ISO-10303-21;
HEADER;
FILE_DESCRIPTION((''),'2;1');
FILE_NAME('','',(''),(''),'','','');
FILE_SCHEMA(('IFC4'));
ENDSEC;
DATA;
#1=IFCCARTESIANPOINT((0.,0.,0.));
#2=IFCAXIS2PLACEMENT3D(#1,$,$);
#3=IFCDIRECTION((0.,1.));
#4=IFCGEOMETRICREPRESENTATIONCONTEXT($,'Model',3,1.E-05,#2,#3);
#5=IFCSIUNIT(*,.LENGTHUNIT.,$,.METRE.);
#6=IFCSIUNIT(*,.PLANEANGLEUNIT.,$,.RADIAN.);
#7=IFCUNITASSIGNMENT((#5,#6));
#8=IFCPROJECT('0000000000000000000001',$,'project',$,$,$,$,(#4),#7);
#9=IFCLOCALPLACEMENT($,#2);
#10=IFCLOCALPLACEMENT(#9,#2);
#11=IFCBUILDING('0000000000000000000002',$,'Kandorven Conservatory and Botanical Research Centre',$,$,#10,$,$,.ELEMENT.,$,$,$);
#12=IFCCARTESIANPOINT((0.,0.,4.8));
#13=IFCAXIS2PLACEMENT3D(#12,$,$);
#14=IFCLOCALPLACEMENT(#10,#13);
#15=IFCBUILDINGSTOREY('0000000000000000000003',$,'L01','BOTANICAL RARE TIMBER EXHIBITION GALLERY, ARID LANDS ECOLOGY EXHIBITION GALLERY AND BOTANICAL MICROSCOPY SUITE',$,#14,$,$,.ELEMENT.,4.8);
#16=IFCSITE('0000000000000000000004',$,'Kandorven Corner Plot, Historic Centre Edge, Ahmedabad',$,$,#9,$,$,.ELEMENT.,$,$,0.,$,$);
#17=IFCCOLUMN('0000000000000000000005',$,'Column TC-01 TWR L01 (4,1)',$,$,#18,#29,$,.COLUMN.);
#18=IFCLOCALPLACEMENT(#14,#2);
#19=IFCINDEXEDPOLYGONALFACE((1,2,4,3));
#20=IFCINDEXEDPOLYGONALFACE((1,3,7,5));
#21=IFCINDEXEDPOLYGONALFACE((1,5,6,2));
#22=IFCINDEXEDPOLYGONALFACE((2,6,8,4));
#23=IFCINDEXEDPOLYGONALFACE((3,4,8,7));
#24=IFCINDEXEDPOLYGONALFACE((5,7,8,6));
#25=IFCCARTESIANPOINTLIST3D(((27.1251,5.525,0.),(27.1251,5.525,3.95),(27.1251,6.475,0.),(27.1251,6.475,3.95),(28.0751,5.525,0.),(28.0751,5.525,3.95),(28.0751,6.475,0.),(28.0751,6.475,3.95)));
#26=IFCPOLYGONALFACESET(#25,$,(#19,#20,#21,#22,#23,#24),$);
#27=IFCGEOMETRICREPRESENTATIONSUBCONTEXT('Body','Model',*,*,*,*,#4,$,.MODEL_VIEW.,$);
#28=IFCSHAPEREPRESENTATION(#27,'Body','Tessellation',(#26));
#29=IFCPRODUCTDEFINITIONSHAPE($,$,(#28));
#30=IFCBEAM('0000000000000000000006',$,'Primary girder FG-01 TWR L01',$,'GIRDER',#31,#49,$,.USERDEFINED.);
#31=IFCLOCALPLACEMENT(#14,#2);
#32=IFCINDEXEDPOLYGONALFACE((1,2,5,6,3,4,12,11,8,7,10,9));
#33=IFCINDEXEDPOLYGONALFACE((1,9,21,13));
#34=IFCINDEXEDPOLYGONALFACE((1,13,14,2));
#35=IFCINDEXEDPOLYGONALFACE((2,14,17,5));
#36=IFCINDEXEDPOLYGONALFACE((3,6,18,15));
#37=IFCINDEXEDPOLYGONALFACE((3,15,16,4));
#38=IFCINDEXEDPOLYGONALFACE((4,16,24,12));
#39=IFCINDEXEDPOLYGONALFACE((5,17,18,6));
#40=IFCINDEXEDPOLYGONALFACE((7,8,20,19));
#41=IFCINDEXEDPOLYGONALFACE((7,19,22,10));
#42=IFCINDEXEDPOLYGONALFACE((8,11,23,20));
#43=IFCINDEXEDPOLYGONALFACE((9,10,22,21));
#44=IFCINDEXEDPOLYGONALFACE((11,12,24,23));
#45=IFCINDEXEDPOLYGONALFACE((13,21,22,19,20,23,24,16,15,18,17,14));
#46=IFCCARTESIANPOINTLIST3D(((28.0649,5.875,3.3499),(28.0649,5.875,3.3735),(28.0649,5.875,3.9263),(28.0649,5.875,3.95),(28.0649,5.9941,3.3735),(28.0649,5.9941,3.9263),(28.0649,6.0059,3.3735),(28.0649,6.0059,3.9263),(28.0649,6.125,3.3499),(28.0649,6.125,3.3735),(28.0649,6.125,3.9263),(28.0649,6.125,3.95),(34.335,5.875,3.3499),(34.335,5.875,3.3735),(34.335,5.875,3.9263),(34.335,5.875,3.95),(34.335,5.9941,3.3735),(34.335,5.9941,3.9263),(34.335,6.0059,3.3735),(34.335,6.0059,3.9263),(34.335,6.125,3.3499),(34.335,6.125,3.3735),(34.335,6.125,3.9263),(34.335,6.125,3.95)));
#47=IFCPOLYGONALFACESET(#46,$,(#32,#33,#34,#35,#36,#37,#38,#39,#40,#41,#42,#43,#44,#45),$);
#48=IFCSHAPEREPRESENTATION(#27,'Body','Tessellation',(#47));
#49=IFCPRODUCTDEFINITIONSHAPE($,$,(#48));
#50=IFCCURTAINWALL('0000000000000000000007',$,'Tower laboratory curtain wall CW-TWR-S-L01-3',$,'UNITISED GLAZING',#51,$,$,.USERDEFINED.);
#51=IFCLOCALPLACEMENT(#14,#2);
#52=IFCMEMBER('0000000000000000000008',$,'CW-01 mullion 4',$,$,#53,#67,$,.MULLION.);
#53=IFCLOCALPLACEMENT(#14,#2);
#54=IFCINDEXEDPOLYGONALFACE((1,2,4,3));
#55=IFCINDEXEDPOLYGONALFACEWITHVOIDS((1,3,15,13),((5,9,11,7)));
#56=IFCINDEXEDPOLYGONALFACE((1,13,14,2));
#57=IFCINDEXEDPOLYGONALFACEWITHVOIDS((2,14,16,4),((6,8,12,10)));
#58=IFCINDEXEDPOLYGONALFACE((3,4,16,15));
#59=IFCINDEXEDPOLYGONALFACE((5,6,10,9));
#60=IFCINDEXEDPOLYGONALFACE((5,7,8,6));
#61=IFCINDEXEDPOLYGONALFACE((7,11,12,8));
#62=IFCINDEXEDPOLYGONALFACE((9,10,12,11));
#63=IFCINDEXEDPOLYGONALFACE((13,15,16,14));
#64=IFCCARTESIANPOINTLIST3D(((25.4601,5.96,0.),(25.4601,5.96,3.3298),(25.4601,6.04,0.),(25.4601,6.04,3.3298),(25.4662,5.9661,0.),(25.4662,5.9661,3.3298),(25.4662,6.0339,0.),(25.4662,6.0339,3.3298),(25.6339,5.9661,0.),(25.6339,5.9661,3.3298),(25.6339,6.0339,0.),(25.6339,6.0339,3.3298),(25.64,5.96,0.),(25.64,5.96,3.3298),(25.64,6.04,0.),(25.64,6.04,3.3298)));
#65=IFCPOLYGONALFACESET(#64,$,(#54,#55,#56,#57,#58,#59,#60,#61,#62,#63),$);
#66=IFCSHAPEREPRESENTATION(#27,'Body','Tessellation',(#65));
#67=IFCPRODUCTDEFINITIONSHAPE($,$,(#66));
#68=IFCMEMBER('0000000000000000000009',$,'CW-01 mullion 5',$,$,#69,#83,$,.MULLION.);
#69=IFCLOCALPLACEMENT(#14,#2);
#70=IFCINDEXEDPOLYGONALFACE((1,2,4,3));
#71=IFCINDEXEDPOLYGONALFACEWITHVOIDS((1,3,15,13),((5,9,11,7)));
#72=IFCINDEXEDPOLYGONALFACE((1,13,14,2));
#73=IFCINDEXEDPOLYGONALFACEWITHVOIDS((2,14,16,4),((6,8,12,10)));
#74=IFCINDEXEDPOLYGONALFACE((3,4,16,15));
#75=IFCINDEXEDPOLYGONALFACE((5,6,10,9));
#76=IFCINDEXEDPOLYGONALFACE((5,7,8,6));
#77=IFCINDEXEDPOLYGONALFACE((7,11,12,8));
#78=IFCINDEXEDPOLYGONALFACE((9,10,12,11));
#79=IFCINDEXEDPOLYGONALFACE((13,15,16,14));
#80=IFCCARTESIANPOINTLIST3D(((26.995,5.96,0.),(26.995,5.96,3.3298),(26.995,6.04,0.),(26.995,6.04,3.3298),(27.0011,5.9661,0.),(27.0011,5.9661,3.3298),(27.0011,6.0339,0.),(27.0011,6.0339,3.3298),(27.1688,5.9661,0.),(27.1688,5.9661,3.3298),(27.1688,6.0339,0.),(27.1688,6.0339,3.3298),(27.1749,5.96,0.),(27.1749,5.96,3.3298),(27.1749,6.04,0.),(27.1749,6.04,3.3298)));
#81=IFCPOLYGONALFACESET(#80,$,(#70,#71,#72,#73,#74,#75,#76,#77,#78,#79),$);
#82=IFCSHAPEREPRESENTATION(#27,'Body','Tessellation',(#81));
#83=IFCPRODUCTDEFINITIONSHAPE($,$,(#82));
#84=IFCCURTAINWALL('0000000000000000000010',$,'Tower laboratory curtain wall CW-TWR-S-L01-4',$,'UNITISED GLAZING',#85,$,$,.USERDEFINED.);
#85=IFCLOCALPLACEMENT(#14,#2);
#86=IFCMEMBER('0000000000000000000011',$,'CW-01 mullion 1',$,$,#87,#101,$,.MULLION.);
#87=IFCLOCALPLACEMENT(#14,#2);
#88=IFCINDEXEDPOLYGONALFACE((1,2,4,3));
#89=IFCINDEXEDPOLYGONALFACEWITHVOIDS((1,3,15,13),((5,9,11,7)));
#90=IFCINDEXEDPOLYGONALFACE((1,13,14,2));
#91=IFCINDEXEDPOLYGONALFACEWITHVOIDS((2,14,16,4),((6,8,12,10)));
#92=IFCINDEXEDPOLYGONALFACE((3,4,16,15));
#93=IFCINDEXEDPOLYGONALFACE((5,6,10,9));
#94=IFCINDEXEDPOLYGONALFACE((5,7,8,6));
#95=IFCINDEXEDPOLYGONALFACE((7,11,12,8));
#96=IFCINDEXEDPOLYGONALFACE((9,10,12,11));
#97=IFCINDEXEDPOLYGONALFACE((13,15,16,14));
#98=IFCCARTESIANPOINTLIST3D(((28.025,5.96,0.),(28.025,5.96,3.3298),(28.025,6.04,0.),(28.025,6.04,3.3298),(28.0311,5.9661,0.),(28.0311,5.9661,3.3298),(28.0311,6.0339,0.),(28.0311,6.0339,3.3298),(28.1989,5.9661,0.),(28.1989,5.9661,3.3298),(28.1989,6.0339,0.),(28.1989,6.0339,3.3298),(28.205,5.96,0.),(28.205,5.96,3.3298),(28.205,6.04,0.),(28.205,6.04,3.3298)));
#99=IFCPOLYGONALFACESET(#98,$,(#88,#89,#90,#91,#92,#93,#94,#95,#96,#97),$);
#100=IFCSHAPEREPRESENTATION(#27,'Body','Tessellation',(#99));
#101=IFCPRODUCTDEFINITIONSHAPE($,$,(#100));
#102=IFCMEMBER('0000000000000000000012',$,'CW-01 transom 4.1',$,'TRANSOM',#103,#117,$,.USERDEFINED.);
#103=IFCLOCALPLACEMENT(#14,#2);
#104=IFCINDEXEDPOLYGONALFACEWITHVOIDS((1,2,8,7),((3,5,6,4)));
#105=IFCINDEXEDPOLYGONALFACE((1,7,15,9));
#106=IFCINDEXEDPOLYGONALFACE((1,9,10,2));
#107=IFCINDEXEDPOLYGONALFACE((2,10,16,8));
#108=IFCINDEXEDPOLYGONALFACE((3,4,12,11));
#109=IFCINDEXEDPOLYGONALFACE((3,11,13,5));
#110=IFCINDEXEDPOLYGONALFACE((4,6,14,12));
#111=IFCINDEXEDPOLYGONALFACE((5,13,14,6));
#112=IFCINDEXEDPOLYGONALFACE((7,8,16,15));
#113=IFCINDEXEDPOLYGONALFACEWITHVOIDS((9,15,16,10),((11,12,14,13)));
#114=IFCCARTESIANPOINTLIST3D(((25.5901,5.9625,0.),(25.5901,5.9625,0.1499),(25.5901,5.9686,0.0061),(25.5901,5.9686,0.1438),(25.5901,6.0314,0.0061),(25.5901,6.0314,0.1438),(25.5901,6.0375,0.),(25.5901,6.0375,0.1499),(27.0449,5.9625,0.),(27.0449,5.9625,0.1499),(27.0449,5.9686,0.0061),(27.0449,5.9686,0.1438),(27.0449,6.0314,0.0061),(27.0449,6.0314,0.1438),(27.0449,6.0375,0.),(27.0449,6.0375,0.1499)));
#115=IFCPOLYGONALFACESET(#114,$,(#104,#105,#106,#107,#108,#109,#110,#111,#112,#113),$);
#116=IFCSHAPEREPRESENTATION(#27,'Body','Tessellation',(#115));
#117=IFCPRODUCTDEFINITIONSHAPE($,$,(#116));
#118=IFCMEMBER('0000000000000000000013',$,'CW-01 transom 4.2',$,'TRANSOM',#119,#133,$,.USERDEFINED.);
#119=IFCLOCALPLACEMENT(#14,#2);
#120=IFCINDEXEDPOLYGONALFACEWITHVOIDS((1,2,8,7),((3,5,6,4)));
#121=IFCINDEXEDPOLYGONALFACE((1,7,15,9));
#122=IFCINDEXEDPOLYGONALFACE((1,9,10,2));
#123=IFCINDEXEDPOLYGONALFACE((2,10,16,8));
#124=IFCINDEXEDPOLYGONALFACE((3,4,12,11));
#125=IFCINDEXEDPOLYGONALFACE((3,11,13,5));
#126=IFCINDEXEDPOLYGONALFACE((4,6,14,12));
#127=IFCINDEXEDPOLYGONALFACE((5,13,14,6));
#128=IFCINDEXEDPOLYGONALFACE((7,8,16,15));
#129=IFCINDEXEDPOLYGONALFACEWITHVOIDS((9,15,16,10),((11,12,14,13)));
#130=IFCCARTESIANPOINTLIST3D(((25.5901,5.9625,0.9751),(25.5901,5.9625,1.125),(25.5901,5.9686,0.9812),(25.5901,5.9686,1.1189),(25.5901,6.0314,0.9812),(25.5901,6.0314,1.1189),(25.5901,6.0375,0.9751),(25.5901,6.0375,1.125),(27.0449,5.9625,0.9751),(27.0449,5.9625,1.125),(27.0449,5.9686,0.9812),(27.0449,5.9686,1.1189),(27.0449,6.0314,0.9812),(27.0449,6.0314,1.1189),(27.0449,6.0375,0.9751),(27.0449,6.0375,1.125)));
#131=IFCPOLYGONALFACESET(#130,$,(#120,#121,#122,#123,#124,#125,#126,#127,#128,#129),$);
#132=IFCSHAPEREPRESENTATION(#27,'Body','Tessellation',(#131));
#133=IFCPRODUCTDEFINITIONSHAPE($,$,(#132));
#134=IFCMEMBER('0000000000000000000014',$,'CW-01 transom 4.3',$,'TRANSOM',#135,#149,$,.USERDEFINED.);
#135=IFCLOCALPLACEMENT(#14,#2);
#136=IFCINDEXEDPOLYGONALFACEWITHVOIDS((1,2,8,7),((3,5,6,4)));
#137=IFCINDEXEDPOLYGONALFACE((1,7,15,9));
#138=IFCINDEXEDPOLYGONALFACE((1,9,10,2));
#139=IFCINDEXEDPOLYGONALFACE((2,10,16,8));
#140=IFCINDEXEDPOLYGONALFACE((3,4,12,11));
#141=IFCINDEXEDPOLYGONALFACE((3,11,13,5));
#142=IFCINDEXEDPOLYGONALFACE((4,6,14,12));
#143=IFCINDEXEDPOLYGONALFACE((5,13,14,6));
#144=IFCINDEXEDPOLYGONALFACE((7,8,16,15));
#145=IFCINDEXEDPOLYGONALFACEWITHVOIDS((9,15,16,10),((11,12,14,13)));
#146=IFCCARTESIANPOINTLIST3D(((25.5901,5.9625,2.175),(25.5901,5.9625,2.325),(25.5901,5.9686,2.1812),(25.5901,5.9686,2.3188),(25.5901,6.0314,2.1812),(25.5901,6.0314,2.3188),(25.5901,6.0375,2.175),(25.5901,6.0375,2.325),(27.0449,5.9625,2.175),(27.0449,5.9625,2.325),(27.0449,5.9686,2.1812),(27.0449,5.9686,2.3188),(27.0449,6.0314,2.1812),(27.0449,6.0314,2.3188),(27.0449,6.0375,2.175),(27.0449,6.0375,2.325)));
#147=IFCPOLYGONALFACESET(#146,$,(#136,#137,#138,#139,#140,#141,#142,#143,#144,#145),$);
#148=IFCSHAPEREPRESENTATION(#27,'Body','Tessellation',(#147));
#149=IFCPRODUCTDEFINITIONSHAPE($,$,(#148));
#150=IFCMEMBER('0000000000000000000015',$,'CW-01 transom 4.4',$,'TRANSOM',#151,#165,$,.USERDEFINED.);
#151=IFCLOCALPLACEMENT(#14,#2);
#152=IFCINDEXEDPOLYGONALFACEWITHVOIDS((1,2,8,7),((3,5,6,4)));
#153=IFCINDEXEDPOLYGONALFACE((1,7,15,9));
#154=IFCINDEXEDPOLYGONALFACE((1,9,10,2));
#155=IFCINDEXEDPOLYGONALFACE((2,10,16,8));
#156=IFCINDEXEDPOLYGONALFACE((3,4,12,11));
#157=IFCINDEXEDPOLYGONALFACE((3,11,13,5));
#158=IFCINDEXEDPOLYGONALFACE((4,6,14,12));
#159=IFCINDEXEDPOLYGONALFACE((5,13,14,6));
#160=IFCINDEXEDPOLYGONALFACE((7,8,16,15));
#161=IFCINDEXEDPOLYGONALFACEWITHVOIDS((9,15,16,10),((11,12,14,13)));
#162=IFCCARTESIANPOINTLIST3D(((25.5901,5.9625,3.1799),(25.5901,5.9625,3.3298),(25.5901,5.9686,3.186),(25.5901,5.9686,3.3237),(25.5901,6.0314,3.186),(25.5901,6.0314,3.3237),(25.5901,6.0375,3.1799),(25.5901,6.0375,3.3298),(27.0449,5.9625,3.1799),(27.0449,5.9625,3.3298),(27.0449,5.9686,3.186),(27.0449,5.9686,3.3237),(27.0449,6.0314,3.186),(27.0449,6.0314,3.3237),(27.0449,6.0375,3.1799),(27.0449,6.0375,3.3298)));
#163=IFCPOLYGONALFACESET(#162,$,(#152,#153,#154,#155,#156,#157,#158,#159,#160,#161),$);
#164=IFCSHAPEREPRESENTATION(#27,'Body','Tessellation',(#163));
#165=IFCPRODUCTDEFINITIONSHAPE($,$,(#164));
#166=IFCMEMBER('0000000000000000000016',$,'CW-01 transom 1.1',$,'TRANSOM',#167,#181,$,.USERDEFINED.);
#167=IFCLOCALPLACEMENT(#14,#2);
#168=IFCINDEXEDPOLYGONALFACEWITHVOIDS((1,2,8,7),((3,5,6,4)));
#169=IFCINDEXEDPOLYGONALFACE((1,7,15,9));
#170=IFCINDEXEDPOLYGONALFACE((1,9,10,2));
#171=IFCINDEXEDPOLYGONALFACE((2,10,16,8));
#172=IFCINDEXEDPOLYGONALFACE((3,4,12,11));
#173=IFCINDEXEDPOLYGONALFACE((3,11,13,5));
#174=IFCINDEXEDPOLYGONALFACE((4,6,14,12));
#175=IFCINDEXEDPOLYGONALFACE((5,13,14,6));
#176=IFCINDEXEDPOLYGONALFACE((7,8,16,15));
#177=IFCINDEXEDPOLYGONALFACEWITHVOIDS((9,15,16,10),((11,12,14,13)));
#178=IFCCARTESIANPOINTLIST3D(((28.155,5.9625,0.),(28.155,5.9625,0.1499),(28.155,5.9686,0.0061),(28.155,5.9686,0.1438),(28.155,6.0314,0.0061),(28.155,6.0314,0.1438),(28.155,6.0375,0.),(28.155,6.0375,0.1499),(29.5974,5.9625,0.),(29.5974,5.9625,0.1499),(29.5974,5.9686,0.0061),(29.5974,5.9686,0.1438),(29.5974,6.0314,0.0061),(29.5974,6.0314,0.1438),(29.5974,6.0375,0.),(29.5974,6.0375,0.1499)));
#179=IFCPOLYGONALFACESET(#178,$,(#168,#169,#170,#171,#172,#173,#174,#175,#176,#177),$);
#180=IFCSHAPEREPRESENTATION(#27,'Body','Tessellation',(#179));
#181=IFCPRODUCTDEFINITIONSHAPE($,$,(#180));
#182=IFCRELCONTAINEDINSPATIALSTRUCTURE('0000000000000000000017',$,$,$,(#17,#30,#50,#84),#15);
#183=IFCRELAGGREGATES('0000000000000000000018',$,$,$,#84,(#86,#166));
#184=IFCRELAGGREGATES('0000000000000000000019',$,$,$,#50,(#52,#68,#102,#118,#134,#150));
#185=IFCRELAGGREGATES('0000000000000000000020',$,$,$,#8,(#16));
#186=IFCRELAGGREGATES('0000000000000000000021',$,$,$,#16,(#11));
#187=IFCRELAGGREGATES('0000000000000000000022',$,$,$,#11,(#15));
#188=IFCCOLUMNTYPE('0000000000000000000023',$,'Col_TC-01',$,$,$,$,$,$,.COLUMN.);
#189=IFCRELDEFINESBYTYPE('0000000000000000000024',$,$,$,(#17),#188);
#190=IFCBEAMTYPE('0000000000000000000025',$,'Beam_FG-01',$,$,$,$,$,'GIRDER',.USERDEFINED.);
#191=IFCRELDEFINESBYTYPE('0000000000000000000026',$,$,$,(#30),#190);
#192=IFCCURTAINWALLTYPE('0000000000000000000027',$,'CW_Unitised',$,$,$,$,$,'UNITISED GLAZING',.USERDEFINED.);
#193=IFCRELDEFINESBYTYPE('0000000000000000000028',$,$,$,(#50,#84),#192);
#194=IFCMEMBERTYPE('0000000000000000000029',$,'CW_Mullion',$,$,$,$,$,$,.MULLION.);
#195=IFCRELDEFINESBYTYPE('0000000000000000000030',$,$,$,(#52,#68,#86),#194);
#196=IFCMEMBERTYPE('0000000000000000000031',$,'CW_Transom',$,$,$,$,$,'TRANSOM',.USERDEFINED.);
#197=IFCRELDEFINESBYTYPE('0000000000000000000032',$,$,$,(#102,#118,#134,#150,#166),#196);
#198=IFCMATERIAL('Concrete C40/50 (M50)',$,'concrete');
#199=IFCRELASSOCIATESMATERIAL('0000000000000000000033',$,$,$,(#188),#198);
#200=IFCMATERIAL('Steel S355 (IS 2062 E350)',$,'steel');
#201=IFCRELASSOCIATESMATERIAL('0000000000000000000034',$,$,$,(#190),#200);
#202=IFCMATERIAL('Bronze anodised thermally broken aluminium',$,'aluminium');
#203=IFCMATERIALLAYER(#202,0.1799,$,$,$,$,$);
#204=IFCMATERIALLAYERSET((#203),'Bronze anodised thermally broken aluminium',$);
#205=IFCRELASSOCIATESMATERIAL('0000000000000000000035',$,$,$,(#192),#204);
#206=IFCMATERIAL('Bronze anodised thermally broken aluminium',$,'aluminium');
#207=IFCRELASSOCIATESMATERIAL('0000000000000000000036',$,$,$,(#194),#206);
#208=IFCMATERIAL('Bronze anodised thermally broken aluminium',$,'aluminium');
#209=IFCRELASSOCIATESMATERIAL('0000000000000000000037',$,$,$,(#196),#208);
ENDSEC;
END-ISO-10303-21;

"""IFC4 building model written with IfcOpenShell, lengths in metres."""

from ifc_helpers import new_model, si_unit, direction, frame, origin, origin_2d, place, context, subcontext, project, spatial, rectangle, hollow_rectangle, i_section, extrude, material, layer, layer_set, material_profile, profile_set, type_object, element, aggregate, save


model = new_model("IFC4")

# Units and contexts
model_context = context("Model", 3, precision=1e-05, world=origin(), true_north=direction((0.0, 1.0)))
body_context = subcontext(model_context, "Body", "Model", "MODEL_VIEW")
ifc_project = project(units=[si_unit("LENGTHUNIT", "METRE"), si_unit("PLANEANGLEUNIT", "RADIAN")], contexts=[model_context])

# Site, building, storey
site_placement = place(None, origin())
site = spatial("IfcSite", under=ifc_project, at=site_placement, Name="Kandorven Corner Plot, Historic Centre Edge, Ahmedabad", CompositionType="ELEMENT", RefElevation=0.0)
building_placement = place(site_placement, origin())
building = spatial("IfcBuilding", under=site, at=building_placement, Name="Kandorven Conservatory and Botanical Research Centre", CompositionType="ELEMENT")
storey_placement = place(building_placement, frame((0.0, 0.0, 4.8)))
storey = spatial("IfcBuildingStorey", under=building, at=storey_placement, Name="L01", Description="BOTANICAL RARE TIMBER EXHIBITION GALLERY, ARID LANDS ECOLOGY EXHIBITION GALLERY AND BOTANICAL MICROSCOPY SUITE", CompositionType="ELEMENT", Elevation=4.8)

# Column
ifc_material_1 = material(Name="Concrete C40/50 (M50)", Category="concrete")
ifc_material_profile_1 = material_profile(ifc_material_1, rectangle(XDim=0.95, YDim=0.95, at=origin_2d()))
ifc_profile_set_1 = profile_set([ifc_material_profile_1], Name="Concrete C40/50 (M50)")
column_type = type_object("IfcColumnType", Name="Col_TC-01", PredefinedType="COLUMN", material=ifc_profile_set_1)
column_placement = place(storey_placement, frame((27.6001, 6.0, 0.0), z_axis=(0.0, 0.0, 1.0), x_axis=(1.0, 0.0, 0.0)))
element("IfcColumn", 1, at=column_placement, inside=storey, type_object=column_type, Name="Column TC-01 TWR L01 (4,1)", PredefinedType="COLUMN", context=body_context, shape_type="SweptSolid", body=[
    extrude(rectangle(XDim=0.95, YDim=0.95, at=origin_2d()), origin(), (0.0, 0.0, 1.0), 3.95),
])

# Beam
ifc_material_2 = material(Name="Steel S355 (IS 2062 E350)", Category="steel")
ifc_material_profile_2 = material_profile(ifc_material_2, i_section(OverallWidth=0.25, OverallDepth=0.6001, WebThickness=0.0117, FlangeThickness=0.0237, at=origin_2d()))
ifc_profile_set_2 = profile_set([ifc_material_profile_2], Name="Steel S355 (IS 2062 E350)")
beam_type = type_object("IfcBeamType", Name="Beam_FG-01", ElementType="GIRDER", PredefinedType="USERDEFINED", material=ifc_profile_set_2)
beam_placement = place(storey_placement, frame((28.0649, 6.0, 3.6499), z_axis=(1.0, 0.0, 0.0), x_axis=(0.0, 1.0, 0.0)))
element("IfcBeam", 2, at=beam_placement, inside=storey, type_object=beam_type, Name="Primary girder FG-01 TWR L01", ObjectType="GIRDER", PredefinedType="USERDEFINED", context=body_context, shape_type="SweptSolid", body=[
    extrude(i_section(OverallWidth=0.25, OverallDepth=0.6001, WebThickness=0.0117, FlangeThickness=0.0237, at=origin_2d()), origin(), (0.0, 0.0, 1.0), 6.27),
])

# Curtain wall, members
ifc_material_3 = material(Name="Bronze anodised thermally broken aluminium", Category="aluminium")
ifc_layer_1 = layer(ifc_material_3, 0.1799)
ifc_layer_set_1 = layer_set([ifc_layer_1], Name="Bronze anodised thermally broken aluminium")
curtain_wall_type = type_object("IfcCurtainWallType", Name="CW_Unitised", ElementType="UNITISED GLAZING", PredefinedType="USERDEFINED", material=ifc_layer_set_1)
curtain_wall_1_placement = place(storey_placement, origin())
curtain_wall_1 = element("IfcCurtainWall", 3, at=curtain_wall_1_placement, inside=storey, type_object=curtain_wall_type, Name="Tower laboratory curtain wall CW-TWR-S-L01-3", ObjectType="UNITISED GLAZING", PredefinedType="USERDEFINED")
ifc_material_4 = material(Name="Bronze anodised thermally broken aluminium", Category="aluminium")
ifc_material_profile_3 = material_profile(ifc_material_4, hollow_rectangle(XDim=0.0801, YDim=0.1799, WallThickness=0.0061, at=origin_2d()))
ifc_profile_set_3 = profile_set([ifc_material_profile_3], Name="Bronze anodised thermally broken aluminium")
member_type_1 = type_object("IfcMemberType", Name="CW_Mullion", PredefinedType="MULLION", material=ifc_profile_set_3)
member_1_placement = place(storey_placement, frame((25.55, 6.0, 0.0), z_axis=(0.0, 0.0, 1.0), x_axis=(0.0, 1.0, 0.0)))
member_1 = element("IfcMember", 4, at=member_1_placement, type_object=member_type_1, Name="CW-01 mullion 4", PredefinedType="MULLION", context=body_context, shape_type="SweptSolid", body=[
    extrude(hollow_rectangle(XDim=0.0801, YDim=0.1799, WallThickness=0.0061, at=origin_2d()), origin(), (0.0, 0.0, 1.0), 3.3298),
])
member_2_placement = place(storey_placement, frame((27.085, 6.0, 0.0), z_axis=(0.0, 0.0, 1.0), x_axis=(0.0, 1.0, 0.0)))
member_2 = element("IfcMember", 5, at=member_2_placement, type_object=member_type_1, Name="CW-01 mullion 5", PredefinedType="MULLION", context=body_context, shape_type="SweptSolid", body=[
    extrude(hollow_rectangle(XDim=0.0801, YDim=0.1799, WallThickness=0.0061, at=origin_2d()), origin(), (0.0, 0.0, 1.0), 3.3298),
])

# Curtain wall, member
curtain_wall_2_placement = place(storey_placement, origin())
curtain_wall_2 = element("IfcCurtainWall", 6, at=curtain_wall_2_placement, inside=storey, type_object=curtain_wall_type, Name="Tower laboratory curtain wall CW-TWR-S-L01-4", ObjectType="UNITISED GLAZING", PredefinedType="USERDEFINED")
member_3_placement = place(storey_placement, frame((28.115, 6.0, 0.0), z_axis=(0.0, 0.0, 1.0), x_axis=(0.0, 1.0, 0.0)))
member_3 = element("IfcMember", 7, at=member_3_placement, type_object=member_type_1, Name="CW-01 mullion 1", PredefinedType="MULLION", context=body_context, shape_type="SweptSolid", body=[
    extrude(hollow_rectangle(XDim=0.0801, YDim=0.1799, WallThickness=0.0061, at=origin_2d()), origin(), (0.0, 0.0, 1.0), 3.3298),
])

# Members
ifc_material_5 = material(Name="Bronze anodised thermally broken aluminium", Category="aluminium")
ifc_material_profile_4 = material_profile(ifc_material_5, hollow_rectangle(XDim=0.075, YDim=0.1499, WallThickness=0.0061, at=origin_2d()))
ifc_profile_set_4 = profile_set([ifc_material_profile_4], Name="Bronze anodised thermally broken aluminium")
member_type_2 = type_object("IfcMemberType", Name="CW_Transom", ElementType="TRANSOM", PredefinedType="USERDEFINED", material=ifc_profile_set_4)
member_4_placement = place(storey_placement, frame((25.5901, 6.0, 0.075), z_axis=(1.0, 0.0, 0.0), x_axis=(0.0, 1.0, 0.0)))
member_4 = element("IfcMember", 8, at=member_4_placement, type_object=member_type_2, Name="CW-01 transom 4.1", ObjectType="TRANSOM", PredefinedType="USERDEFINED", context=body_context, shape_type="SweptSolid", body=[
    extrude(hollow_rectangle(XDim=0.075, YDim=0.1499, WallThickness=0.0061, at=origin_2d()), origin(), (0.0, 0.0, 1.0), 1.4548),
])
member_5_placement = place(storey_placement, frame((25.5901, 6.0, 1.05), z_axis=(1.0, 0.0, 0.0), x_axis=(0.0, 1.0, 0.0)))
member_5 = element("IfcMember", 9, at=member_5_placement, type_object=member_type_2, Name="CW-01 transom 4.2", ObjectType="TRANSOM", PredefinedType="USERDEFINED", context=body_context, shape_type="SweptSolid", body=[
    extrude(hollow_rectangle(XDim=0.075, YDim=0.1499, WallThickness=0.0061, at=origin_2d()), origin(), (0.0, 0.0, 1.0), 1.4548),
])
member_6_placement = place(storey_placement, frame((25.5901, 6.0, 2.25), z_axis=(1.0, 0.0, 0.0), x_axis=(0.0, 1.0, 0.0)))
member_6 = element("IfcMember", 10, at=member_6_placement, type_object=member_type_2, Name="CW-01 transom 4.3", ObjectType="TRANSOM", PredefinedType="USERDEFINED", context=body_context, shape_type="SweptSolid", body=[
    extrude(hollow_rectangle(XDim=0.075, YDim=0.1499, WallThickness=0.0061, at=origin_2d()), origin(), (0.0, 0.0, 1.0), 1.4548),
])
member_7_placement = place(storey_placement, frame((25.5901, 6.0, 3.2549), z_axis=(1.0, 0.0, 0.0), x_axis=(0.0, 1.0, 0.0)))
member_7 = element("IfcMember", 11, at=member_7_placement, type_object=member_type_2, Name="CW-01 transom 4.4", ObjectType="TRANSOM", PredefinedType="USERDEFINED", context=body_context, shape_type="SweptSolid", body=[
    extrude(hollow_rectangle(XDim=0.075, YDim=0.1499, WallThickness=0.0061, at=origin_2d()), origin(), (0.0, 0.0, 1.0), 1.4548),
])
member_8_placement = place(storey_placement, frame((28.155, 6.0, 0.075), z_axis=(1.0, 0.0, 0.0), x_axis=(0.0, 1.0, 0.0)))
member_8 = element("IfcMember", 12, at=member_8_placement, type_object=member_type_2, Name="CW-01 transom 1.1", ObjectType="TRANSOM", PredefinedType="USERDEFINED", context=body_context, shape_type="SweptSolid", body=[
    extrude(hollow_rectangle(XDim=0.075, YDim=0.1499, WallThickness=0.0061, at=origin_2d()), origin(), (0.0, 0.0, 1.0), 1.4424),
])
aggregate(curtain_wall_2, [member_3, member_8])

aggregate(curtain_wall_1, [member_1, member_2, member_4, member_5, member_6, member_7])

save(model, "model.ifc")
